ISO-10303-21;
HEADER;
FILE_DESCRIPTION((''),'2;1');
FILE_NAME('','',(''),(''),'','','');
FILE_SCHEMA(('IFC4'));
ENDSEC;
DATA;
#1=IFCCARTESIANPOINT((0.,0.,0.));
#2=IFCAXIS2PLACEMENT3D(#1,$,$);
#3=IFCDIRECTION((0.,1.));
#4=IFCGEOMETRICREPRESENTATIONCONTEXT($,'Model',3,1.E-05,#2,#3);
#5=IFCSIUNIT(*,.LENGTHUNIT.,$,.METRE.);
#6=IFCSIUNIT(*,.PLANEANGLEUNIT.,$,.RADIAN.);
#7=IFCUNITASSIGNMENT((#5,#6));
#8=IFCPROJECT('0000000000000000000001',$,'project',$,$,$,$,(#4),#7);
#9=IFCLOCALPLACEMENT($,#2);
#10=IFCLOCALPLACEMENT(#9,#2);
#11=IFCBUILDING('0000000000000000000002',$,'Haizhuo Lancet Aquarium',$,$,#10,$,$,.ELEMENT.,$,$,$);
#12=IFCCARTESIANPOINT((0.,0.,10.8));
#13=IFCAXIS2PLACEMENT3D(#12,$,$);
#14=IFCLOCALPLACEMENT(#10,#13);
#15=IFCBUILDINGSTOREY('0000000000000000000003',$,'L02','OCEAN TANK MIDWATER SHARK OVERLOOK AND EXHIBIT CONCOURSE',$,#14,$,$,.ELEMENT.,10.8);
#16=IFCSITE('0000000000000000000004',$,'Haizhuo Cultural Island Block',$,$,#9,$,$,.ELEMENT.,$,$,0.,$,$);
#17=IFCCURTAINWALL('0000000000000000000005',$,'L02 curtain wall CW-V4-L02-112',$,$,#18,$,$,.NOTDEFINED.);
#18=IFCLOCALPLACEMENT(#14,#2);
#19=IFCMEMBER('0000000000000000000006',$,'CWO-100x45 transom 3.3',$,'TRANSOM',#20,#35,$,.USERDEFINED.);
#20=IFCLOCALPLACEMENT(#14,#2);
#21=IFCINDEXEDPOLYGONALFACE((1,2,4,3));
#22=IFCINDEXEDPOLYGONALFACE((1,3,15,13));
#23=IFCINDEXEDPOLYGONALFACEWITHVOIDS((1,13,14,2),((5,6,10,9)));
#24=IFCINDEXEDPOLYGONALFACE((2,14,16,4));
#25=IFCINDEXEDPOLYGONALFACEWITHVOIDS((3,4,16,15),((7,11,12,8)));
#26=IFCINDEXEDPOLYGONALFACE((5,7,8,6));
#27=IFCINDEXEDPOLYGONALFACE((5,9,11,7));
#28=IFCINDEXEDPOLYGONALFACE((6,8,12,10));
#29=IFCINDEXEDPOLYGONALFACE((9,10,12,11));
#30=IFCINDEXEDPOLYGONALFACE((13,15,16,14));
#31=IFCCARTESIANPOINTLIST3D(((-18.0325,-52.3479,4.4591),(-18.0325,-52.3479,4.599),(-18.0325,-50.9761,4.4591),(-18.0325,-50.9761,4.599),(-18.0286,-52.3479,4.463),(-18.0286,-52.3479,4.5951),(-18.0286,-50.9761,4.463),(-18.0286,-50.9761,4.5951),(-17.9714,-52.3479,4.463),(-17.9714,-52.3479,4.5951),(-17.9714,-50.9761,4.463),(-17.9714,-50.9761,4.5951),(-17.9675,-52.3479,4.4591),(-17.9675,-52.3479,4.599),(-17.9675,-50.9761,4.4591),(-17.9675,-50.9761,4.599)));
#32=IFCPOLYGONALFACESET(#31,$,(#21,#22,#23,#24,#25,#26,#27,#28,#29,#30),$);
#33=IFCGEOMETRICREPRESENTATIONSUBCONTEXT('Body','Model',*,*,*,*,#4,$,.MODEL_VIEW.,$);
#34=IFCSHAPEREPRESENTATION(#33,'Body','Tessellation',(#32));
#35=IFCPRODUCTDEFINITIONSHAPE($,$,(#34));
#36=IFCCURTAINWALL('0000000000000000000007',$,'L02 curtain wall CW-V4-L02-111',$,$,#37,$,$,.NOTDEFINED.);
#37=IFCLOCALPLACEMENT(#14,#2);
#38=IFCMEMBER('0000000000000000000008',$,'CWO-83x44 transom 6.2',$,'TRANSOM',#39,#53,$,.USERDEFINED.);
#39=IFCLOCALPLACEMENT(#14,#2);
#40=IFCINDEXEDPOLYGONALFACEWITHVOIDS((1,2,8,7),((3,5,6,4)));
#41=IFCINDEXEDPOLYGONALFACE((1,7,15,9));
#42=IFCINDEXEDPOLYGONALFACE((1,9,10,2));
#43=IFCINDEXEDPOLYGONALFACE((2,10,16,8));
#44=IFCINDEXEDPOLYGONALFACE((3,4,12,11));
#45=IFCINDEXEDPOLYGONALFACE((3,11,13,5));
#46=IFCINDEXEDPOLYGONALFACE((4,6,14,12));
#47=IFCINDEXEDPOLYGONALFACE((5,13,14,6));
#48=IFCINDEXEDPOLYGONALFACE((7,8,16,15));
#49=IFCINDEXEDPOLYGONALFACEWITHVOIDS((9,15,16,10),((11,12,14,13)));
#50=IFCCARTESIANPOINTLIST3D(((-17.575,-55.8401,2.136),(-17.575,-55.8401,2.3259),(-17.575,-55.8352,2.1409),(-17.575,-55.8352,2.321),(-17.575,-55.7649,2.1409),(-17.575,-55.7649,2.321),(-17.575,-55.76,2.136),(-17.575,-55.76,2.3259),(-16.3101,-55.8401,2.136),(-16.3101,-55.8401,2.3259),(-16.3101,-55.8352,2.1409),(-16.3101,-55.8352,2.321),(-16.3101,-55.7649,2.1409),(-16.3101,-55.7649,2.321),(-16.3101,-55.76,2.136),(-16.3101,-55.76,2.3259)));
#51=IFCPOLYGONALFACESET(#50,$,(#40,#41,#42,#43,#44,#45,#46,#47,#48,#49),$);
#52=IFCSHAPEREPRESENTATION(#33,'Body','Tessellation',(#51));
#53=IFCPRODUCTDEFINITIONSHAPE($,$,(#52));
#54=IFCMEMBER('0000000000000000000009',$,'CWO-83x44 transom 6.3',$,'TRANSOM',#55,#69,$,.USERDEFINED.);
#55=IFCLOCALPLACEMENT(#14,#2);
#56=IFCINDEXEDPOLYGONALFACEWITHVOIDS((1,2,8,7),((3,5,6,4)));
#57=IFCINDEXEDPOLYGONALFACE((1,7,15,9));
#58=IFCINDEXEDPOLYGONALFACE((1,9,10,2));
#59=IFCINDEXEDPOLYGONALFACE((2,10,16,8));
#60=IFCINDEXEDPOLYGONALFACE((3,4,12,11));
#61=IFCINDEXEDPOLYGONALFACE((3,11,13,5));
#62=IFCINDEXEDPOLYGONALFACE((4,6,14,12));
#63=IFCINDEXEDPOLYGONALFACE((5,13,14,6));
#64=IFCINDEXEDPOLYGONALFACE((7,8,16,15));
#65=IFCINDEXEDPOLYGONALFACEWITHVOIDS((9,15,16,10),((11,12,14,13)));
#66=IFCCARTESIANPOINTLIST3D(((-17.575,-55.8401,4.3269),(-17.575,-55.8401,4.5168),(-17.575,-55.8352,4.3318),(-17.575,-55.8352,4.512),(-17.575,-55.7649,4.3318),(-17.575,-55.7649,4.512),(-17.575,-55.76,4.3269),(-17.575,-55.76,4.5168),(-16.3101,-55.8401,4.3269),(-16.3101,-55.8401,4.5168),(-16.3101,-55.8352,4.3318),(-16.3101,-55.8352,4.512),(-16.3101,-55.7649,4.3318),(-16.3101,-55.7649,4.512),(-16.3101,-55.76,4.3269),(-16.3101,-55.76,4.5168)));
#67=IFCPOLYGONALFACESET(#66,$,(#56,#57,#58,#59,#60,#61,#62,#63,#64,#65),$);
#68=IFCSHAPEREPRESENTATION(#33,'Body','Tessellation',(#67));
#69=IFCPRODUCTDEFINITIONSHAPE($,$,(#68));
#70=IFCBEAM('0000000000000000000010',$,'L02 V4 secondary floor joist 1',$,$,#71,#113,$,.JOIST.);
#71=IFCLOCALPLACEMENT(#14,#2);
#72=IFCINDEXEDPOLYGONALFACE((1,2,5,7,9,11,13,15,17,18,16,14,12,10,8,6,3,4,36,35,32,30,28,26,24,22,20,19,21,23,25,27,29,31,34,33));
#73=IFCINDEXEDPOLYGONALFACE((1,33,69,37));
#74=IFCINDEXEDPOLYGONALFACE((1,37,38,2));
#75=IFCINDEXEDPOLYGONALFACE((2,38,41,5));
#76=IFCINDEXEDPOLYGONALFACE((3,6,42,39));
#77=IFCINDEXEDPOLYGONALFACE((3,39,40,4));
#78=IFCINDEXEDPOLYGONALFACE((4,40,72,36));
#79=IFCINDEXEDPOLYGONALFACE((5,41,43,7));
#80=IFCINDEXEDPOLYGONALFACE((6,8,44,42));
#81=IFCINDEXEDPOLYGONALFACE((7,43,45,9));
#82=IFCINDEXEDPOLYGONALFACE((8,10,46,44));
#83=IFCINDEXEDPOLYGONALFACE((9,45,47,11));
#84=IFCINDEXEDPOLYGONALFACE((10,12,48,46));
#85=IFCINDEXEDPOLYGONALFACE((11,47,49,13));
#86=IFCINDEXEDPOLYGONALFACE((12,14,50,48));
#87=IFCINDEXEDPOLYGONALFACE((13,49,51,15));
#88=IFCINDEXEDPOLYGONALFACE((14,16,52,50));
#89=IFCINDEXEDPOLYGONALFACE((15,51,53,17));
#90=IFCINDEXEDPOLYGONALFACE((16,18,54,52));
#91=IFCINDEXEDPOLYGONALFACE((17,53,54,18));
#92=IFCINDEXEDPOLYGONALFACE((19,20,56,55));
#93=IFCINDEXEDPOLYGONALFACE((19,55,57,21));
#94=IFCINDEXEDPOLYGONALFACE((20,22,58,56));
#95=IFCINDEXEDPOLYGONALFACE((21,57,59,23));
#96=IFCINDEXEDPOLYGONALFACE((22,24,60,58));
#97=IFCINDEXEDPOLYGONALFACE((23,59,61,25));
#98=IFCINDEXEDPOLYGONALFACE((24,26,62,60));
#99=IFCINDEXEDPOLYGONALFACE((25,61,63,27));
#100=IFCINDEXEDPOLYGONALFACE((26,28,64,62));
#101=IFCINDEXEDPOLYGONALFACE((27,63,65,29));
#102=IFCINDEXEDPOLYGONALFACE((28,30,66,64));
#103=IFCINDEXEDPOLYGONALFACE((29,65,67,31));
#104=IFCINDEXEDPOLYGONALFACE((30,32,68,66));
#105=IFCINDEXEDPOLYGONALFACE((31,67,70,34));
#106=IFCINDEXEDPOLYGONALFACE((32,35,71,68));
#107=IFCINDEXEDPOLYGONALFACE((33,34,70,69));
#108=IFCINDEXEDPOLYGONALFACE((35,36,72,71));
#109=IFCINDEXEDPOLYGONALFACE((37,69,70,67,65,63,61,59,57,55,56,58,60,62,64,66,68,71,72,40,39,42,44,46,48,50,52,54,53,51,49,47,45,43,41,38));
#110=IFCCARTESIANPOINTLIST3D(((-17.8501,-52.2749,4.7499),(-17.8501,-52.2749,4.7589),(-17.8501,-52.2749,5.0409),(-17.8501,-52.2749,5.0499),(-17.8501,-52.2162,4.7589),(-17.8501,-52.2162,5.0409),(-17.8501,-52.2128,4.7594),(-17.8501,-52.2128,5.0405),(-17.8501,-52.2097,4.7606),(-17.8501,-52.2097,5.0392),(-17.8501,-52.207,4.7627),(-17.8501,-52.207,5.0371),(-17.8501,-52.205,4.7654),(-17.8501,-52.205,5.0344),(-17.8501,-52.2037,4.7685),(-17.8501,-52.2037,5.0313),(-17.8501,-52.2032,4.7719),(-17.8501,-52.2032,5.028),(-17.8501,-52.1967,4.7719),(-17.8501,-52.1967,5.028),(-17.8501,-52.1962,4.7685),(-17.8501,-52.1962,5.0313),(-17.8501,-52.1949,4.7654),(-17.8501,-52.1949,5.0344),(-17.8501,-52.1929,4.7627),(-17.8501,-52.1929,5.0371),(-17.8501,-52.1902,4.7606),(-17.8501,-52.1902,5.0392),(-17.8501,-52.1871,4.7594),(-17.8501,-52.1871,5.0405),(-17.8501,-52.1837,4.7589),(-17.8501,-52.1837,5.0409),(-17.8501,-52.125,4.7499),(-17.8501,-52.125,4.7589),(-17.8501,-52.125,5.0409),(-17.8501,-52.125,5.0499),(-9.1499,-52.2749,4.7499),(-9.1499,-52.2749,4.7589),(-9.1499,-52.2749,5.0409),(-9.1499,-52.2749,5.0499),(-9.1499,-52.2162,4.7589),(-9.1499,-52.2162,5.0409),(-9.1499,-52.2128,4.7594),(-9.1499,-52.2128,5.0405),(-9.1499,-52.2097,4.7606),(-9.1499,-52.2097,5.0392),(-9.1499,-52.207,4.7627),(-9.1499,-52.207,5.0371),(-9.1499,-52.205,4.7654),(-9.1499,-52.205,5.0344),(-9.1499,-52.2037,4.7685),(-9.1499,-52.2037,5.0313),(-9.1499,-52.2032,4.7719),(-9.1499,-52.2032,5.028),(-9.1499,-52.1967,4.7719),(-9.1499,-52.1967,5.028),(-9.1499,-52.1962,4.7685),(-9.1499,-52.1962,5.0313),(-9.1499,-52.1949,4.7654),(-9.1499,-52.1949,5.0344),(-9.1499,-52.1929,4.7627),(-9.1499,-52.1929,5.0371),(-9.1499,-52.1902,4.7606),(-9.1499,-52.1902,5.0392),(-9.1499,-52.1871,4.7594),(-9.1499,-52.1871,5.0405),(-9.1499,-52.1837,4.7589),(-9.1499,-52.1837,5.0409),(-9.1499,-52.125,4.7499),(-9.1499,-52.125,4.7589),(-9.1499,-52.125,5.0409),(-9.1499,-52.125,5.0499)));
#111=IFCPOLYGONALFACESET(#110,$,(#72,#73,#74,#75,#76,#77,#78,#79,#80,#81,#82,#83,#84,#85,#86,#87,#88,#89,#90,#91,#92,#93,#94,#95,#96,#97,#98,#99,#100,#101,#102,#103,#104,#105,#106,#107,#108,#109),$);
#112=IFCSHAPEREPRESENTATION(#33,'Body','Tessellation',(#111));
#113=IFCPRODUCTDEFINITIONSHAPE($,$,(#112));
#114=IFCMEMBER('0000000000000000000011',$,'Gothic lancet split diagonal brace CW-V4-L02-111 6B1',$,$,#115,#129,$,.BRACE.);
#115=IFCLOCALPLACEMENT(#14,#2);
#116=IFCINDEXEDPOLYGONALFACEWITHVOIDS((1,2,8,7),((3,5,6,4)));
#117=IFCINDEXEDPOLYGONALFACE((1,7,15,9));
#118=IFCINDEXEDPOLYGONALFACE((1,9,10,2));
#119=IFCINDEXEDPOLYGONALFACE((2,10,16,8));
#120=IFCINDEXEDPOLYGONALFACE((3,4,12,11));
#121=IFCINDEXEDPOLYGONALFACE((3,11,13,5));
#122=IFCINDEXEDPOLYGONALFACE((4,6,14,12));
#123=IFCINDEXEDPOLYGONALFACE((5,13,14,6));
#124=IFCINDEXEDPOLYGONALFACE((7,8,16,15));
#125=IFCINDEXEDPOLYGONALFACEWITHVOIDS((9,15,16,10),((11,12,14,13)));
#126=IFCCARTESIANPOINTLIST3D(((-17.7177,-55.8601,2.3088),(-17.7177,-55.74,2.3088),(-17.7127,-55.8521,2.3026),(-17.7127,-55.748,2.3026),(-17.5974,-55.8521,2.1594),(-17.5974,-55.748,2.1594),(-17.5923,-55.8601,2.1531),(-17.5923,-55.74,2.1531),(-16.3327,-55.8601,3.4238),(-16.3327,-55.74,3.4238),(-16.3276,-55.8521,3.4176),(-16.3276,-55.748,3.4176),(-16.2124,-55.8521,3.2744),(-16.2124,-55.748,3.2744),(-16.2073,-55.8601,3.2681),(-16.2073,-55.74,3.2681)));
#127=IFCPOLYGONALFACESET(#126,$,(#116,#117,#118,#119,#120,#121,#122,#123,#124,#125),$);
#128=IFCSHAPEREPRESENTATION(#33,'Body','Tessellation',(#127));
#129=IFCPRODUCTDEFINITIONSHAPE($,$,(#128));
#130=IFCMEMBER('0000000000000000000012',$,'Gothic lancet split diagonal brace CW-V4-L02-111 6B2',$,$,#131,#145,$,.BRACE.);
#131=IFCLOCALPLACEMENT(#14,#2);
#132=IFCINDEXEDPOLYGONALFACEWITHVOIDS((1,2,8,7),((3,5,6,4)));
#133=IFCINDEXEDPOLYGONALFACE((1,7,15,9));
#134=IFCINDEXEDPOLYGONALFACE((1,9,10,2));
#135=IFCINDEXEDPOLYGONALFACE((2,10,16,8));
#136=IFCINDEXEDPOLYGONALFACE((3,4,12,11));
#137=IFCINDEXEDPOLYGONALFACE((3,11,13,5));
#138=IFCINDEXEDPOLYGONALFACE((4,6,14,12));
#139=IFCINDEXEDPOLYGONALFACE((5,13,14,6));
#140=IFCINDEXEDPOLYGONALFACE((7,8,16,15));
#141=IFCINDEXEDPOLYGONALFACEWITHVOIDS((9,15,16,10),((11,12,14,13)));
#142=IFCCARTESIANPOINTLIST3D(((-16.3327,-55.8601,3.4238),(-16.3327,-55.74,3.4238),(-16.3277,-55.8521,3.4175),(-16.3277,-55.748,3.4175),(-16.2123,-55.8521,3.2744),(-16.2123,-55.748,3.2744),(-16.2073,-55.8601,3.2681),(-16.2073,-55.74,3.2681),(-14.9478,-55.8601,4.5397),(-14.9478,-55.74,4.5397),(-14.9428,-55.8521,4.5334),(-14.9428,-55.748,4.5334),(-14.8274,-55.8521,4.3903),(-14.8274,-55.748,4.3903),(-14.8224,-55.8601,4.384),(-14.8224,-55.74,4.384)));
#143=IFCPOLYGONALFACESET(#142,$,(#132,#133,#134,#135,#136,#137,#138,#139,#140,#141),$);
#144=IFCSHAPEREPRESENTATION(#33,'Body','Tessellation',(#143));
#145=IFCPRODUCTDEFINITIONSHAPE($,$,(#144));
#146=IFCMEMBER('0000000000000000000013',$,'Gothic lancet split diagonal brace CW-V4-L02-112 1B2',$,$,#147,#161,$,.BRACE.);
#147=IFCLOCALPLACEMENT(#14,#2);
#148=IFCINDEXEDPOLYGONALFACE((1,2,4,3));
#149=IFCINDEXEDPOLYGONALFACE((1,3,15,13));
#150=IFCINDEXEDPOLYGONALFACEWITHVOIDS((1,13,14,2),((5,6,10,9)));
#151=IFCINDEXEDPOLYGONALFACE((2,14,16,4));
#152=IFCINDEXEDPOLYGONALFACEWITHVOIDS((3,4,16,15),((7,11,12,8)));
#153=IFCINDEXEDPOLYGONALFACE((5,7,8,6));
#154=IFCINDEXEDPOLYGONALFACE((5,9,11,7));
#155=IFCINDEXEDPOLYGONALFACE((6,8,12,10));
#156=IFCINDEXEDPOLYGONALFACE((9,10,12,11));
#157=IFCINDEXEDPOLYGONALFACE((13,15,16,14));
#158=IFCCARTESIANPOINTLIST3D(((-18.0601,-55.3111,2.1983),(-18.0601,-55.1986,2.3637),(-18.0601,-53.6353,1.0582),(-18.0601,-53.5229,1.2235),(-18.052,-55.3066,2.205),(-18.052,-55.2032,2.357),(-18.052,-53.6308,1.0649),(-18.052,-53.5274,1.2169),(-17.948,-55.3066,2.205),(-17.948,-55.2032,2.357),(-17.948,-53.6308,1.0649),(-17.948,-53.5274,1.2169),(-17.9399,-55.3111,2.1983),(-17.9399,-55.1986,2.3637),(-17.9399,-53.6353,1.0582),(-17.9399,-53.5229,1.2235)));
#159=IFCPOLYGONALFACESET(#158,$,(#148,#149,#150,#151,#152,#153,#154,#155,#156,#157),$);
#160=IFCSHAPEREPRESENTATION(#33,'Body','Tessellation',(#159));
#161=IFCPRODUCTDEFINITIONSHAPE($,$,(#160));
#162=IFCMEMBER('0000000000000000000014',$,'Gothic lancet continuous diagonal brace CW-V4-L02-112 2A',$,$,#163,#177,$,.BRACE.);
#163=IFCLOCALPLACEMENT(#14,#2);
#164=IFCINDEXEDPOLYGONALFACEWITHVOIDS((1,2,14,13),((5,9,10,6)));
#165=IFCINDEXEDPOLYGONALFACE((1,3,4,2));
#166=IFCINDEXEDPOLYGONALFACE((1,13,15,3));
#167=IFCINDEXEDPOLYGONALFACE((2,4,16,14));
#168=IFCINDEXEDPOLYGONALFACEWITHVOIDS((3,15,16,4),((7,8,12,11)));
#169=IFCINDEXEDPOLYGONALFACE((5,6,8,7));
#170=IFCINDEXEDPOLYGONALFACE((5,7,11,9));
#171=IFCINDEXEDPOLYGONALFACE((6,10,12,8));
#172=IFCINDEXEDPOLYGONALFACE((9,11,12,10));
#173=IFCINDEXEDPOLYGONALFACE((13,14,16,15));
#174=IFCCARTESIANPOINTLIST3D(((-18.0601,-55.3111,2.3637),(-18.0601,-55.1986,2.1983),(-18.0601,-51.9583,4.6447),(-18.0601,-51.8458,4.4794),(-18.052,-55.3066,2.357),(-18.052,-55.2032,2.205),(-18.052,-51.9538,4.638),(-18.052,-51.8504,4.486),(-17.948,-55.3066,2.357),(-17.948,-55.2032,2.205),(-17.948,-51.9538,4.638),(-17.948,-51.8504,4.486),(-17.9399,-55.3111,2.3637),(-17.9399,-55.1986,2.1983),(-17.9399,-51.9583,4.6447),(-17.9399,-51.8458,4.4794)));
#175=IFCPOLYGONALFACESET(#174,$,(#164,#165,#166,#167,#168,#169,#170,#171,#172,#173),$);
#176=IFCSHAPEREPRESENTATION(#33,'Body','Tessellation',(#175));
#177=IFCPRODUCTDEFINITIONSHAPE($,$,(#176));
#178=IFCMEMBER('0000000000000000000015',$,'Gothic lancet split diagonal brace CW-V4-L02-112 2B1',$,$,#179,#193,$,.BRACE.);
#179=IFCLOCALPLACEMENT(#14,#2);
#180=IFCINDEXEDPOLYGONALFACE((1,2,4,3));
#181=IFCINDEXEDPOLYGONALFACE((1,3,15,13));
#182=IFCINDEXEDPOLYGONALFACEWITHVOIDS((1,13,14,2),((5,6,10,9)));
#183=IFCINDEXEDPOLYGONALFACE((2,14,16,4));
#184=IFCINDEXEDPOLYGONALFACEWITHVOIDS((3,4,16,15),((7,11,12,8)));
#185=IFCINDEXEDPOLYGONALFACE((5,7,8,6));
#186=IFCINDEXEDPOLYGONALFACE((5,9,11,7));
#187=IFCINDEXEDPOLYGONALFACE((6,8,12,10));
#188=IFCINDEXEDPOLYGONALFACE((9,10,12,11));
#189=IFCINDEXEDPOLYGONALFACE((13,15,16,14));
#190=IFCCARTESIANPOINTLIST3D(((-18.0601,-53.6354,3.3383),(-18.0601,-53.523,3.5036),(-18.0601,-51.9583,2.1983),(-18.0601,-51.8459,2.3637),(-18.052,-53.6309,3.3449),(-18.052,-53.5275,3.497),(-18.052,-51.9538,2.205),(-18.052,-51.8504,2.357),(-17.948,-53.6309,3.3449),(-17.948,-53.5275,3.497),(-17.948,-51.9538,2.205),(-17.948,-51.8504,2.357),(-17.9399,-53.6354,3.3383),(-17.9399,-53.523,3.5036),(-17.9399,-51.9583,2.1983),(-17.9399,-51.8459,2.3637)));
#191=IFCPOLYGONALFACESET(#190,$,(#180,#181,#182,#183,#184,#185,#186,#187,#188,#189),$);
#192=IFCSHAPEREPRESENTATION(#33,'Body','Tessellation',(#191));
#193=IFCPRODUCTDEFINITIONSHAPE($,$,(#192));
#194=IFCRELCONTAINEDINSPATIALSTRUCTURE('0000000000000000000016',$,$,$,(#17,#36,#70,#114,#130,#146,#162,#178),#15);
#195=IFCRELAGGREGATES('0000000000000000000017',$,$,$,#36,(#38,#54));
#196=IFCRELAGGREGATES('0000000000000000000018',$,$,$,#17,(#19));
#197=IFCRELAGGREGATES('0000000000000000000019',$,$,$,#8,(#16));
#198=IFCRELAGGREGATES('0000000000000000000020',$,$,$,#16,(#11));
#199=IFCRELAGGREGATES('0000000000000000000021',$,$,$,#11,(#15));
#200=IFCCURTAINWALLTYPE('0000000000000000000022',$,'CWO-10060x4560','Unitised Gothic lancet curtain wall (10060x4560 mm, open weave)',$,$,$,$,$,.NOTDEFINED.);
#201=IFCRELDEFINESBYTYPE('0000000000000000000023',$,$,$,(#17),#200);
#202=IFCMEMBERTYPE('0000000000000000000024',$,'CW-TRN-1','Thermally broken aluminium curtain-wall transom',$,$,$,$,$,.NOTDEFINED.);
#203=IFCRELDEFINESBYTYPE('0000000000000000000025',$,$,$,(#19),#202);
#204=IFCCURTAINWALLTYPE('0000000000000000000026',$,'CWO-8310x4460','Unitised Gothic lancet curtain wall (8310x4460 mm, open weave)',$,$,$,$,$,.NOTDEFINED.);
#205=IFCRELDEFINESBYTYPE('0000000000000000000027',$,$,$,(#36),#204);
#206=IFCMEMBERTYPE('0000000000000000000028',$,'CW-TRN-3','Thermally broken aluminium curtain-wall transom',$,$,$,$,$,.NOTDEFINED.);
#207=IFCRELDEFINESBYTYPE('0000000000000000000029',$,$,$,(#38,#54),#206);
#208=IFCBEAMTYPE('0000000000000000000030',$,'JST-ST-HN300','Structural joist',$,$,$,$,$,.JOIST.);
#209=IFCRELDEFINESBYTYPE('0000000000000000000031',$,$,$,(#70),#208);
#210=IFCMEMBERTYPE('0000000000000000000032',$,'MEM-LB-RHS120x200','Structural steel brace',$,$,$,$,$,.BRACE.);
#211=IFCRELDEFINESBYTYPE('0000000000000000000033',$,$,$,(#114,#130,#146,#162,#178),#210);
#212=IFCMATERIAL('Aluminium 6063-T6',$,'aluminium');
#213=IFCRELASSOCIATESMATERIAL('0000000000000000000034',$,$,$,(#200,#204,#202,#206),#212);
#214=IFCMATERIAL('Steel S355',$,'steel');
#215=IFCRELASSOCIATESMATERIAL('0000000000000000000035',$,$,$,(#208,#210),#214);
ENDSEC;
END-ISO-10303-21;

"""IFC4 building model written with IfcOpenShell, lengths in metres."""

from ifc_helpers import new_model, si_unit, direction, frame, origin, origin_2d, place, context, subcontext, project, spatial, hollow_rectangle, i_section, extrude, material, material_profile, profile_set, type_object, element, aggregate, save


model = new_model("IFC4")

# Units and contexts
model_context = context("Model", 3, precision=1e-05, world=origin(), true_north=direction((0.0, 1.0)))
body_context = subcontext(model_context, "Body", "Model", "MODEL_VIEW")
ifc_project = project(units=[si_unit("LENGTHUNIT", "METRE"), si_unit("PLANEANGLEUNIT", "RADIAN")], contexts=[model_context])

# Site, building, storey
site_placement = place(None, origin())
site = spatial("IfcSite", under=ifc_project, at=site_placement, Name="Haizhuo Cultural Island Block", CompositionType="ELEMENT", RefElevation=0.0)
building_placement = place(site_placement, origin())
building = spatial("IfcBuilding", under=site, at=building_placement, Name="Haizhuo Lancet Aquarium", CompositionType="ELEMENT")
storey_placement = place(building_placement, frame((0.0, 0.0, 10.8)))
storey = spatial("IfcBuildingStorey", under=building, at=storey_placement, Name="L02", Description="OCEAN TANK MIDWATER SHARK OVERLOOK AND EXHIBIT CONCOURSE", CompositionType="ELEMENT", Elevation=10.8)

# Shared definitions
ifc_material_1 = material(Name="Steel S355", Category="steel")

# Curtain walls, members
ifc_material_2 = material(Name="Aluminium 6063-T6", Category="aluminium")
curtain_wall_type_1 = type_object("IfcCurtainWallType", Name="CWO-10060x4560", Description="Unitised Gothic lancet curtain wall (10060x4560 mm, open weave)", PredefinedType="NOTDEFINED", material=ifc_material_2)
curtain_wall_1_placement = place(storey_placement, origin())
curtain_wall_1 = element("IfcCurtainWall", 1, at=curtain_wall_1_placement, inside=storey, type_object=curtain_wall_type_1, Name="L02 curtain wall CW-V4-L02-112", PredefinedType="NOTDEFINED")
ifc_material_profile_1 = material_profile(ifc_material_2, hollow_rectangle(XDim=0.0649, YDim=0.1399, WallThickness=0.0039, at=origin_2d()), Name="ALU-T 65x140x4")
ifc_profile_set_1 = profile_set([ifc_material_profile_1], Name="Aluminium 6063-T6")
member_type_1 = type_object("IfcMemberType", Name="CW-TRN-1", Description="Thermally broken aluminium curtain-wall transom", PredefinedType="NOTDEFINED", material=ifc_profile_set_1)
member_1_placement = place(storey_placement, frame((-18.0, -52.3479, 4.5291), z_axis=(0.0, 1.0, 0.0), x_axis=(-1.0, 0.0, 0.0)))
member_1 = element("IfcMember", 2, at=member_1_placement, type_object=member_type_1, Name="CWO-100x45 transom 3.3", ObjectType="TRANSOM", PredefinedType="USERDEFINED", context=body_context, shape_type="SweptSolid", body=[
    extrude(hollow_rectangle(XDim=0.0649, YDim=0.1399, WallThickness=0.0039, at=origin_2d()), origin(), (0.0, 0.0, 1.0), 1.3718),
])
curtain_wall_type_2 = type_object("IfcCurtainWallType", Name="CWO-8310x4460", Description="Unitised Gothic lancet curtain wall (8310x4460 mm, open weave)", PredefinedType="NOTDEFINED", material=ifc_material_2)
curtain_wall_2_placement = place(storey_placement, origin())
curtain_wall_2 = element("IfcCurtainWall", 3, at=curtain_wall_2_placement, inside=storey, type_object=curtain_wall_type_2, Name="L02 curtain wall CW-V4-L02-111", PredefinedType="NOTDEFINED")
ifc_material_profile_2 = material_profile(ifc_material_2, hollow_rectangle(XDim=0.0801, YDim=0.1899, WallThickness=0.0049, at=origin_2d()), Name="ALU-T 80x190x5")
ifc_profile_set_2 = profile_set([ifc_material_profile_2], Name="Aluminium 6063-T6")
member_type_2 = type_object("IfcMemberType", Name="CW-TRN-3", Description="Thermally broken aluminium curtain-wall transom", PredefinedType="NOTDEFINED", material=ifc_profile_set_2)
member_2_placement = place(storey_placement, frame((-16.3101, -55.8, 2.231), z_axis=(-1.0, 0.0, 0.0), x_axis=(0.0, -1.0, 0.0)))
member_2 = element("IfcMember", 4, at=member_2_placement, type_object=member_type_2, Name="CWO-83x44 transom 6.2", ObjectType="TRANSOM", PredefinedType="USERDEFINED", context=body_context, shape_type="SweptSolid", body=[
    extrude(hollow_rectangle(XDim=0.0801, YDim=0.1899, WallThickness=0.0049, at=origin_2d()), origin(), (0.0, 0.0, 1.0), 1.2649),
])
member_3_placement = place(storey_placement, frame((-16.3101, -55.8, 4.4219), z_axis=(-1.0, 0.0, 0.0), x_axis=(0.0, -1.0, 0.0)))
member_3 = element("IfcMember", 5, at=member_3_placement, type_object=member_type_2, Name="CWO-83x44 transom 6.3", ObjectType="TRANSOM", PredefinedType="USERDEFINED", context=body_context, shape_type="SweptSolid", body=[
    extrude(hollow_rectangle(XDim=0.0801, YDim=0.1899, WallThickness=0.0049, at=origin_2d()), origin(), (0.0, 0.0, 1.0), 1.2649),
])

# Beam
ifc_material_profile_3 = material_profile(ifc_material_1, i_section(OverallWidth=0.1499, OverallDepth=0.3, WebThickness=0.0066, FlangeThickness=0.009, FilletRadius=0.0129, at=origin_2d()), Name="HN 300x150x6.5x9")
ifc_profile_set_3 = profile_set([ifc_material_profile_3], Name="Steel S355")
beam_type_1 = type_object("IfcBeamType", Name="JST-ST-HN300", Description="Structural joist", PredefinedType="JOIST", material=ifc_profile_set_3)
beam_1_placement = place(storey_placement, frame((-17.8501, -52.2, 4.8999), z_axis=(1.0, 0.0, 0.0), x_axis=(0.0, 1.0, 0.0)))
element("IfcBeam", 6, at=beam_1_placement, inside=storey, type_object=beam_type_1, Name="L02 V4 secondary floor joist 1", PredefinedType="JOIST", context=body_context, shape_type="SweptSolid", body=[
    extrude(i_section(OverallWidth=0.1499, OverallDepth=0.3, WebThickness=0.0066, FlangeThickness=0.009, FilletRadius=0.0129, at=origin_2d()), origin(), (0.0, 0.0, 1.0), 8.7002),
])

# Members
ifc_material_profile_4 = material_profile(ifc_material_1, hollow_rectangle(XDim=0.1201, YDim=0.2, WallThickness=0.0081, at=origin_2d()), Name="RHS 120x200x8")
ifc_profile_set_4 = profile_set([ifc_material_profile_4], Name="Steel S355")
member_type_3 = type_object("IfcMemberType", Name="MEM-LB-RHS120x200", Description="Structural steel brace", PredefinedType="BRACE", material=ifc_profile_set_4)
member_4_placement = place(storey_placement, frame((-17.655, -55.8, 2.231), z_axis=(0.77895, 0.0, 0.627087), x_axis=(0.0, 1.0, 0.0)))
element("IfcMember", 7, at=member_4_placement, inside=storey, type_object=member_type_3, Name="Gothic lancet split diagonal brace CW-V4-L02-111 6B1", PredefinedType="BRACE", context=body_context, shape_type="SweptSolid", body=[
    extrude(hollow_rectangle(XDim=0.1201, YDim=0.2, WallThickness=0.0081, at=origin_2d()), origin(), (0.0, 0.0, 1.0), 1.7781),
])
member_5_placement = place(storey_placement, frame((-16.27, -55.8, 3.3459), z_axis=(0.778681, 0.0, 0.62742), x_axis=(0.0, 1.0, 0.0)))
element("IfcMember", 8, at=member_5_placement, inside=storey, type_object=member_type_3, Name="Gothic lancet split diagonal brace CW-V4-L02-111 6B2", PredefinedType="BRACE", context=body_context, shape_type="SweptSolid", body=[
    extrude(hollow_rectangle(XDim=0.1201, YDim=0.2, WallThickness=0.0081, at=origin_2d()), origin(), (0.0, 0.0, 1.0), 1.7786),
])
member_6_placement = place(storey_placement, frame((-18.0, -53.5791, 1.1409), z_axis=(0.0, -0.826788, 0.562514), x_axis=(1.0, 0.0, 0.0)))
element("IfcMember", 9, at=member_6_placement, inside=storey, type_object=member_type_3, Name="Gothic lancet split diagonal brace CW-V4-L02-112 1B2", PredefinedType="BRACE", context=body_context, shape_type="SweptSolid", body=[
    extrude(hollow_rectangle(XDim=0.1201, YDim=0.2, WallThickness=0.0081, at=origin_2d()), origin(), (0.0, 0.0, 1.0), 2.0269),
])
member_7_placement = place(storey_placement, frame((-18.0, -55.2549, 2.281), z_axis=(0.0, 0.826799, 0.562498), x_axis=(-1.0, 0.0, 0.0)))
element("IfcMember", 10, at=member_7_placement, inside=storey, type_object=member_type_3, Name="Gothic lancet continuous diagonal brace CW-V4-L02-112 2A", PredefinedType="BRACE", context=body_context, shape_type="SweptSolid", body=[
    extrude(hollow_rectangle(XDim=0.1201, YDim=0.2, WallThickness=0.0081, at=origin_2d()), origin(), (0.0, 0.0, 1.0), 4.0552),
])
member_8_placement = place(storey_placement, frame((-18.0, -51.9021, 2.281), z_axis=(0.0, -0.827034, 0.562152), x_axis=(1.0, 0.0, 0.0)))
element("IfcMember", 11, at=member_8_placement, inside=storey, type_object=member_type_3, Name="Gothic lancet split diagonal brace CW-V4-L02-112 2B1", PredefinedType="BRACE", context=body_context, shape_type="SweptSolid", body=[
    extrude(hollow_rectangle(XDim=0.1201, YDim=0.2, WallThickness=0.0081, at=origin_2d()), origin(), (0.0, 0.0, 1.0), 2.0278),
])

aggregate(curtain_wall_2, [member_2, member_3])
aggregate(curtain_wall_1, [member_1])

save(model, "model.ifc")
